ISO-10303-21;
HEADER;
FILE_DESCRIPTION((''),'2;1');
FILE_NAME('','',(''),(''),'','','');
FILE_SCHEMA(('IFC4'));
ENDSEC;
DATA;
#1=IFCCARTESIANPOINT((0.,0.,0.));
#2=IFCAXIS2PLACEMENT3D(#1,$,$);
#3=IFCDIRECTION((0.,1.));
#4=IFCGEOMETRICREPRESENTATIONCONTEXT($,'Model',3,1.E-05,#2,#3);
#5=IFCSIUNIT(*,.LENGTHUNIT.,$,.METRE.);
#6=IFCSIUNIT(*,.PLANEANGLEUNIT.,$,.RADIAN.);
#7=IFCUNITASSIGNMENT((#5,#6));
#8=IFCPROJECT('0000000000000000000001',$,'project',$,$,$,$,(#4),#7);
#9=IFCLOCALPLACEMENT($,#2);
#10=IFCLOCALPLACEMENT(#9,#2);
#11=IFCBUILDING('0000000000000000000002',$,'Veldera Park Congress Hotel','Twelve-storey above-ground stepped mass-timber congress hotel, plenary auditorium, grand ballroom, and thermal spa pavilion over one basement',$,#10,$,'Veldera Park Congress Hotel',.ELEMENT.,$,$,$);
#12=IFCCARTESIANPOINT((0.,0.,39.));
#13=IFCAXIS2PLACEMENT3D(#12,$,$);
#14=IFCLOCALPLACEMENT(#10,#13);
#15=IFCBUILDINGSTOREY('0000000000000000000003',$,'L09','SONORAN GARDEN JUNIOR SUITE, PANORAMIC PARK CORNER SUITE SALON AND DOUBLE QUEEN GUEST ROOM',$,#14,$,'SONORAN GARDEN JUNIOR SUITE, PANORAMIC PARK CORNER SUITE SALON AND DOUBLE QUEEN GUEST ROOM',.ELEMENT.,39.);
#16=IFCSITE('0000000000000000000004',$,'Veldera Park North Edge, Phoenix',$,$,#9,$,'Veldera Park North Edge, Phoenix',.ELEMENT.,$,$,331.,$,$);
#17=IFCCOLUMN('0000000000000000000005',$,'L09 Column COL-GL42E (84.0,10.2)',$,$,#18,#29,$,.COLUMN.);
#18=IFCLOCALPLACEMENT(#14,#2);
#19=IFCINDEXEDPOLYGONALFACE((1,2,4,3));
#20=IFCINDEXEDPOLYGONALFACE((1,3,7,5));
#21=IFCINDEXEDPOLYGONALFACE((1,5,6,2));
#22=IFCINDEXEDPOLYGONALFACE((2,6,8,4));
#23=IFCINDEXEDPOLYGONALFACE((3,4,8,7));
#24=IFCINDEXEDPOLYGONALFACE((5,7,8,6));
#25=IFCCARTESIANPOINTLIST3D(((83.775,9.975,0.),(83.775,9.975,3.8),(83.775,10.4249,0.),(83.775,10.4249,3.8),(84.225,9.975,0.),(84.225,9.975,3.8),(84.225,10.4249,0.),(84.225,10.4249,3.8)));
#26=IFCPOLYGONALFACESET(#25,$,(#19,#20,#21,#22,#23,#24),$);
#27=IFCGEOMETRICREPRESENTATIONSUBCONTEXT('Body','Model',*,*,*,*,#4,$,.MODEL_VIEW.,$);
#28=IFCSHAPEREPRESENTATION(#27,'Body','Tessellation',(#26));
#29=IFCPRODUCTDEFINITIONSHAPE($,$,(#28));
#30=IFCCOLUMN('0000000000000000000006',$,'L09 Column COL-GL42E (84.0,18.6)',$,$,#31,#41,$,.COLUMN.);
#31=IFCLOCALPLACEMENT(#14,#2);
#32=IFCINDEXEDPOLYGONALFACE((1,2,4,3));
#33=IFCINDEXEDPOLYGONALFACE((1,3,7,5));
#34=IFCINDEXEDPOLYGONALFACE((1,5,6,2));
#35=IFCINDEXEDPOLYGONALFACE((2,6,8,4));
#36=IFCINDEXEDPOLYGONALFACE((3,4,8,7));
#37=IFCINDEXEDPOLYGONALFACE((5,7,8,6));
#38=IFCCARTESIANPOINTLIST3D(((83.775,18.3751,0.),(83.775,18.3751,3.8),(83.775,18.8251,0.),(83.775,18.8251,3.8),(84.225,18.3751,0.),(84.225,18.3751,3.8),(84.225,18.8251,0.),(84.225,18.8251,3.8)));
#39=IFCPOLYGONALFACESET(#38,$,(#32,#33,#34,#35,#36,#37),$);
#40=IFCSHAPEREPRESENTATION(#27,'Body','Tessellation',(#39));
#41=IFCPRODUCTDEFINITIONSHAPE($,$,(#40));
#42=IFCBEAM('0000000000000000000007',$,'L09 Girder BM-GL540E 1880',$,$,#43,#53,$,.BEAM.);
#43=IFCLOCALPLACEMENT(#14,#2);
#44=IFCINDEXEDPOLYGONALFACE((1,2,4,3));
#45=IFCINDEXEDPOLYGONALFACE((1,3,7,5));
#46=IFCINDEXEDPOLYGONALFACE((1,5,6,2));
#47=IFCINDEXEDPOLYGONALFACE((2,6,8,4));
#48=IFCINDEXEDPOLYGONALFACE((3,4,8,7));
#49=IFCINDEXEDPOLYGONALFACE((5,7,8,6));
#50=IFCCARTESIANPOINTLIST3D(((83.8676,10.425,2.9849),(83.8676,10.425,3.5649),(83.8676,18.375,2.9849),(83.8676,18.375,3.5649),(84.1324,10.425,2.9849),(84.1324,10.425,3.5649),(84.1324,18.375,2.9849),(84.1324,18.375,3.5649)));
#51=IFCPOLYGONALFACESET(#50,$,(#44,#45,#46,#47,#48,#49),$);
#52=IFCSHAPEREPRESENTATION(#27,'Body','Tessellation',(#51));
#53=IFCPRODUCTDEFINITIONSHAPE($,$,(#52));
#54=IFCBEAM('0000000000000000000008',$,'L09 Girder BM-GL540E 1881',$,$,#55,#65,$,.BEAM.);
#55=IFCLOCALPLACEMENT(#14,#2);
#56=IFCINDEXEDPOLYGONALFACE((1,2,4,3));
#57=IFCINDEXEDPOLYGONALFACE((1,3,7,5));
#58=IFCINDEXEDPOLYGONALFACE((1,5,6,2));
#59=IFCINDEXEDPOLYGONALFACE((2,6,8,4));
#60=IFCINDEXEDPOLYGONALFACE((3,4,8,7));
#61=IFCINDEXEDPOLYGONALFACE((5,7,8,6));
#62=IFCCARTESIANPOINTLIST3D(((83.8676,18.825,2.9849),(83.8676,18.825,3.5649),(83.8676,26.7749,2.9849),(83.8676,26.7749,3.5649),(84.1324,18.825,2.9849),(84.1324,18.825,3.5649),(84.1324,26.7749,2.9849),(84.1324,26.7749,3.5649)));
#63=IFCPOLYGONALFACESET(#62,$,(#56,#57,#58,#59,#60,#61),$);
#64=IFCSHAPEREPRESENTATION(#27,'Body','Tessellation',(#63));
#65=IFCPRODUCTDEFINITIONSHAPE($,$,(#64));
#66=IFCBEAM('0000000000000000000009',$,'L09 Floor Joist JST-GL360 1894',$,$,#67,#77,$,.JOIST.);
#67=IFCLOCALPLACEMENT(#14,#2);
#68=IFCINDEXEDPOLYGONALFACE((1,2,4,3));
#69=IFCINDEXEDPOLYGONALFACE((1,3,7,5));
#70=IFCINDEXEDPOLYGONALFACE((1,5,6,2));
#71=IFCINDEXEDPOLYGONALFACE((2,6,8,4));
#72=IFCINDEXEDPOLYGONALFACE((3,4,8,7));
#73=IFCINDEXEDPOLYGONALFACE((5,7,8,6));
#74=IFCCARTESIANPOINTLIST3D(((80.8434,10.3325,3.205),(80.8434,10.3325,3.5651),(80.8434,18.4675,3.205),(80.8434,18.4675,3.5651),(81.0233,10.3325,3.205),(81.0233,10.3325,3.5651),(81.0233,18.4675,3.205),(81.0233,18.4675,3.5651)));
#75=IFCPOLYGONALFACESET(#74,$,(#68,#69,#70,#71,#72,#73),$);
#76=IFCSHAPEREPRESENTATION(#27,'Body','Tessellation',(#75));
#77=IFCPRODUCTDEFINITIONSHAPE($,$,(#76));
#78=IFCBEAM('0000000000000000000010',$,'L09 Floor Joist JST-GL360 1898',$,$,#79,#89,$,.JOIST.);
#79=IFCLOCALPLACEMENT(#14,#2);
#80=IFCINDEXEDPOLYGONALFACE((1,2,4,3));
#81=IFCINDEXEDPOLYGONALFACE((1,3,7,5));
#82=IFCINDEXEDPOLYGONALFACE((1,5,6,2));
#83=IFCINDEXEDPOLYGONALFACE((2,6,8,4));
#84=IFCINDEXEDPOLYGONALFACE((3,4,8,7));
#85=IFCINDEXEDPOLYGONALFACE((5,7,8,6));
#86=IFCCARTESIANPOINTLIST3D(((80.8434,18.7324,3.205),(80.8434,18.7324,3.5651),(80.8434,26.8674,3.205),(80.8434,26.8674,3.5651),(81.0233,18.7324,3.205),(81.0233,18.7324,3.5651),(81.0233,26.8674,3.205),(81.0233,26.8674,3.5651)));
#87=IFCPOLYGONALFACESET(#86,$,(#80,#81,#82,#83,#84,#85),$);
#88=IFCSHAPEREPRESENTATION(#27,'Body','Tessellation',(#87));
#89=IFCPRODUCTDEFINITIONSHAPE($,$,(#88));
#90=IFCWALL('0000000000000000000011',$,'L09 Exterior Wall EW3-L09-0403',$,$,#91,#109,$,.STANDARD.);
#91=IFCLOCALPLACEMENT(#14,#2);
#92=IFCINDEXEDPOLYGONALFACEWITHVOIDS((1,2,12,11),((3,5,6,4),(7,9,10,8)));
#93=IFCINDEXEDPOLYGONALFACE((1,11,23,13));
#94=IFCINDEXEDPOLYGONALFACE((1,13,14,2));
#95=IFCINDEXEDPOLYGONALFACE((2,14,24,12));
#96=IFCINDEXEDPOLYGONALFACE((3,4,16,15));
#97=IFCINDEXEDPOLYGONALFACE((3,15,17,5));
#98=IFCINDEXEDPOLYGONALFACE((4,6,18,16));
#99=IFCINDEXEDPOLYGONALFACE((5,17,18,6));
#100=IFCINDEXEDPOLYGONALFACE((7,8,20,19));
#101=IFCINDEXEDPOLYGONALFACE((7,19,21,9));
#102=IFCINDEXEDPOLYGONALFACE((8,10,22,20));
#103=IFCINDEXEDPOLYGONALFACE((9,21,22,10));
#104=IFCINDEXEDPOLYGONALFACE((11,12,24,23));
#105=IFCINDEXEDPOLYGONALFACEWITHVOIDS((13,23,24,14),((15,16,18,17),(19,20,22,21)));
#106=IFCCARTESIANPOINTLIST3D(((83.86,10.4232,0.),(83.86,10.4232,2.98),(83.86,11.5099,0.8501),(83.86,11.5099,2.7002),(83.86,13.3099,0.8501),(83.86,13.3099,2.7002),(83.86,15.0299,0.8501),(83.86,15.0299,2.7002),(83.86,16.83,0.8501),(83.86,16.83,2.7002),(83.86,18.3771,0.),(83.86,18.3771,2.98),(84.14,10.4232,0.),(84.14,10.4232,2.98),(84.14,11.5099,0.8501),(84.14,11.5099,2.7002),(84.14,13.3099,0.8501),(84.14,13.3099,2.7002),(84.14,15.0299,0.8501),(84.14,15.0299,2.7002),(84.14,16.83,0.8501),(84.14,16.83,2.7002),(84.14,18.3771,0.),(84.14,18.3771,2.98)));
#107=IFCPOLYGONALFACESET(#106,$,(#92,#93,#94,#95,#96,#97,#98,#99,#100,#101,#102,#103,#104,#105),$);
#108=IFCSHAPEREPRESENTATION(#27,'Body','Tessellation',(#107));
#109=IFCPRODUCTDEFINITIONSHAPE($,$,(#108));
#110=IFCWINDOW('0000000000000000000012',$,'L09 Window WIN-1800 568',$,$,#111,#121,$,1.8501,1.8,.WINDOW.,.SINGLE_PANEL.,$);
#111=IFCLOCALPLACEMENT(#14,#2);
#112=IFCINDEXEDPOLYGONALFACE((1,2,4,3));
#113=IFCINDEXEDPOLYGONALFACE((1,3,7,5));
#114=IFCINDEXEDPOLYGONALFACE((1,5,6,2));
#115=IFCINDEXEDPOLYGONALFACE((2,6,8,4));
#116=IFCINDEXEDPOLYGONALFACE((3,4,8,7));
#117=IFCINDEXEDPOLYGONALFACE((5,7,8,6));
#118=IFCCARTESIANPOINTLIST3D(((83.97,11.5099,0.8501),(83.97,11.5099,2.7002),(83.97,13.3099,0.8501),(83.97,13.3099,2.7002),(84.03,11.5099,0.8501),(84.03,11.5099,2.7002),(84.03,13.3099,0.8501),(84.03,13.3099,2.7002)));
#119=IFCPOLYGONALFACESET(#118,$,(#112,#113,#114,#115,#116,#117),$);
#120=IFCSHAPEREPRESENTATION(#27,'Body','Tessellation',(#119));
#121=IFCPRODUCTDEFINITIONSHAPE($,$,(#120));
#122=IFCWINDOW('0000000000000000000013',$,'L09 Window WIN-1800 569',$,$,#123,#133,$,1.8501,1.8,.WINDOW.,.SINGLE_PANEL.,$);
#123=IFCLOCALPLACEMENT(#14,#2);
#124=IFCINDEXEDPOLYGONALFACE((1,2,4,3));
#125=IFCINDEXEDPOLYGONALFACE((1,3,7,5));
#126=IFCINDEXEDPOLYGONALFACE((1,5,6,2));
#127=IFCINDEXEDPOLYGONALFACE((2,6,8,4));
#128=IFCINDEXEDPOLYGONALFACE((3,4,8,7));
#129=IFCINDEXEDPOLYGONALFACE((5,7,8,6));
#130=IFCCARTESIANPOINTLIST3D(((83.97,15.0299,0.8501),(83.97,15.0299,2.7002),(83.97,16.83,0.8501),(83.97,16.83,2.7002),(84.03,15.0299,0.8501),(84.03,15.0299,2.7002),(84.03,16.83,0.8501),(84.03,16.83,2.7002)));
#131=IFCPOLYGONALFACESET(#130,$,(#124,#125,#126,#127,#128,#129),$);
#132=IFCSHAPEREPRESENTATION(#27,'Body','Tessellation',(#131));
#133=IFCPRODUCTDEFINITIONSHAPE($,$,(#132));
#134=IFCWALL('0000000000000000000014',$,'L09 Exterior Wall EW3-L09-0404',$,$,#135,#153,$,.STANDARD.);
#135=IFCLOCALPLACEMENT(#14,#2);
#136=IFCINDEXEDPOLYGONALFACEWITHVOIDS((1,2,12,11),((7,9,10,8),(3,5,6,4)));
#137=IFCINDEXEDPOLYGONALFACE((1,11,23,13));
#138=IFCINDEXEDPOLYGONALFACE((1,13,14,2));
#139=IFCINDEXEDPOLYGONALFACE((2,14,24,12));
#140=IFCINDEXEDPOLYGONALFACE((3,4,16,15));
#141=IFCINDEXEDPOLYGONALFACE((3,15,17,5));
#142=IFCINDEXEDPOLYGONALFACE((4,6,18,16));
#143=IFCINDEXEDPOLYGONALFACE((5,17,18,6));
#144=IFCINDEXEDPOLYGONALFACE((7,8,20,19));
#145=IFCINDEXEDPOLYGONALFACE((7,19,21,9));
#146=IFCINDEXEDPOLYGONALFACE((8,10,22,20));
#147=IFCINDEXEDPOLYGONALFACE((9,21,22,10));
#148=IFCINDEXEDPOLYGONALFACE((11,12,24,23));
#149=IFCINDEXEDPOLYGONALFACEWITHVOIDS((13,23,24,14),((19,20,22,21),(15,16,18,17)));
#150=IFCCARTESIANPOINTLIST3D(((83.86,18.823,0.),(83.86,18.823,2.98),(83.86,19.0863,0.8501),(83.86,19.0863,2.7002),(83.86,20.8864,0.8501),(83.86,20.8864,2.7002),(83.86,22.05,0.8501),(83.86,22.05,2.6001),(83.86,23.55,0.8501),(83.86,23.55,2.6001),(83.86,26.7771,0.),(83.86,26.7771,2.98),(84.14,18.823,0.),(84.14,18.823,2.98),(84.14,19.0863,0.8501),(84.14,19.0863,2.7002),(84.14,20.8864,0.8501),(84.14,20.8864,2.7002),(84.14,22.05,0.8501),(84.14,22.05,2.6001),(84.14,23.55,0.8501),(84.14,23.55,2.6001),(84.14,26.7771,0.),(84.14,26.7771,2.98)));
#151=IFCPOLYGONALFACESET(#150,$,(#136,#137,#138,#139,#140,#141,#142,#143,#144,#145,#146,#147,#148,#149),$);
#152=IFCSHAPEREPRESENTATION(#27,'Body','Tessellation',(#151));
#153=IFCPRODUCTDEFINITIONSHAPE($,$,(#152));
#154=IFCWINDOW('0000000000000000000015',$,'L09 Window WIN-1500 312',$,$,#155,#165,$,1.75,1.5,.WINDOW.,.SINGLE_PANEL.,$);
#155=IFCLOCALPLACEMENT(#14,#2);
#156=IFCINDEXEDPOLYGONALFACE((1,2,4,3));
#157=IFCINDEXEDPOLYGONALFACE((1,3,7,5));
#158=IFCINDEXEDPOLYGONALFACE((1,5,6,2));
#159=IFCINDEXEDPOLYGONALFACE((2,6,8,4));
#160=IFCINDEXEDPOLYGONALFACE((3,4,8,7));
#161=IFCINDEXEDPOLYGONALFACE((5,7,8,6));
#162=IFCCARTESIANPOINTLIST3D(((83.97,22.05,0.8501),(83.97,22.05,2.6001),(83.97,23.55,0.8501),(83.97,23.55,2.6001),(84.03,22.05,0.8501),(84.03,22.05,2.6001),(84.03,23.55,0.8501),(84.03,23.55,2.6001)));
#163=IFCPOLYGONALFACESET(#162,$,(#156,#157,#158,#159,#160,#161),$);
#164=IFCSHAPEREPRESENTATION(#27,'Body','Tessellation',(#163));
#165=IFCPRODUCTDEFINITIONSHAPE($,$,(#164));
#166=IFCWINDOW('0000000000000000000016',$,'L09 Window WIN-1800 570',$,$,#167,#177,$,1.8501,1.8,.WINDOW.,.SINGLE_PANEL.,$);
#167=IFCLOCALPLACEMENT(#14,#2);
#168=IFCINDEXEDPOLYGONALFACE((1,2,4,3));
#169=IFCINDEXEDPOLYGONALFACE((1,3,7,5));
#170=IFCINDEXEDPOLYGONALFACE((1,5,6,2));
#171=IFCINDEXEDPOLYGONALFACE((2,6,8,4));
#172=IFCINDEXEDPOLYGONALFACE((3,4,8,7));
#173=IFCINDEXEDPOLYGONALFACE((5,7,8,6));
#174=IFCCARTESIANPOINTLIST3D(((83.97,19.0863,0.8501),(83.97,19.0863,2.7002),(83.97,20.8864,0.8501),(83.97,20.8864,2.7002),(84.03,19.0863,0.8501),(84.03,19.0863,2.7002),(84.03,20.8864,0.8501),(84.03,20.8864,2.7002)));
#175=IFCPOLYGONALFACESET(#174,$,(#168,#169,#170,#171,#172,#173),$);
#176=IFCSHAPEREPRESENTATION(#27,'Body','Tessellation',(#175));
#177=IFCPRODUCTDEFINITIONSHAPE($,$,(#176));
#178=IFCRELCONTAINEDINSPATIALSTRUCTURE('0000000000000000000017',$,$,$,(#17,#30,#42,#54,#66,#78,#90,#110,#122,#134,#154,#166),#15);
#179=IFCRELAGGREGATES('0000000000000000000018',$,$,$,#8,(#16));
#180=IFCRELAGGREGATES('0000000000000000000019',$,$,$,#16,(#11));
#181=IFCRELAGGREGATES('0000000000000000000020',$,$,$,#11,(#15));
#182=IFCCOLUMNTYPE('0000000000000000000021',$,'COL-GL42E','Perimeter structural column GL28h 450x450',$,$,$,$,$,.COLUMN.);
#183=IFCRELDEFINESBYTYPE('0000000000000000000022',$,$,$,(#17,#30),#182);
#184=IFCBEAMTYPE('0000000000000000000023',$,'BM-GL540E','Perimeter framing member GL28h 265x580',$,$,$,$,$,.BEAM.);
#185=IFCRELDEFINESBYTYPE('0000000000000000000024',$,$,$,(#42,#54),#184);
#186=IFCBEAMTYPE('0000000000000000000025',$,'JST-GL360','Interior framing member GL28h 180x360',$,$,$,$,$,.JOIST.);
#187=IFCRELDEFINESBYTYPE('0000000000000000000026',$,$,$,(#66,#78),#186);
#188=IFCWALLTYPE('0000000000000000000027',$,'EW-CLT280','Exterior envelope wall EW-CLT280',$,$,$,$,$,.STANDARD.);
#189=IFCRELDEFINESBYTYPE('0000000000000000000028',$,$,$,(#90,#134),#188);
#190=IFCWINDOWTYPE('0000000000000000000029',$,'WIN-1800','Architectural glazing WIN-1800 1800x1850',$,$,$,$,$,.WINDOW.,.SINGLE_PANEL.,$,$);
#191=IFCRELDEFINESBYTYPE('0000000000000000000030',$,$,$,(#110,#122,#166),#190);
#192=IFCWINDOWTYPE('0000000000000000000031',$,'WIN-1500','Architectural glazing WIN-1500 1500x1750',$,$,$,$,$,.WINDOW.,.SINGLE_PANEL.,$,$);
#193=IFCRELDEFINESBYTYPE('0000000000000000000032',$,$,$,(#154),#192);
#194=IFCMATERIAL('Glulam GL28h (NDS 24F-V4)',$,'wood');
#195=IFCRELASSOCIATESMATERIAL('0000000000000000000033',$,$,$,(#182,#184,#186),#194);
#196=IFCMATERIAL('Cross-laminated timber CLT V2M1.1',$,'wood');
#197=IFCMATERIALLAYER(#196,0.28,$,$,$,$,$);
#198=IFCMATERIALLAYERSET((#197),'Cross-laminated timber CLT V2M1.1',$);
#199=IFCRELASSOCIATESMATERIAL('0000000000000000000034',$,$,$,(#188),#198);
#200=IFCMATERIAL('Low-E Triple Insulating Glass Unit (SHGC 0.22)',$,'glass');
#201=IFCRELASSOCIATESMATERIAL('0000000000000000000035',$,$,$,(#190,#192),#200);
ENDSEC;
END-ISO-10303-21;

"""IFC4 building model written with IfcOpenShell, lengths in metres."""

from ifc_helpers import new_model, si_unit, direction, frame, frame_2d, origin, origin_2d, place, context, subcontext, project, spatial, rectangle, extrude, material, layer, layer_set, material_profile, profile_set, type_object, element, fill, save


model = new_model("IFC4")

# Units and contexts
model_context = context("Model", 3, precision=1e-05, world=origin(), true_north=direction((0.0, 1.0)))
body_context = subcontext(model_context, "Body", "Model", "MODEL_VIEW")
ifc_project = project(units=[si_unit("LENGTHUNIT", "METRE"), si_unit("PLANEANGLEUNIT", "RADIAN")], contexts=[model_context])

# Site, building, storey
site_placement = place(None, origin())
site = spatial("IfcSite", under=ifc_project, at=site_placement, Name="Veldera Park North Edge, Phoenix", LongName="Veldera Park North Edge, Phoenix", CompositionType="ELEMENT", RefElevation=331.0)
building_placement = place(site_placement, origin())
building = spatial("IfcBuilding", under=site, at=building_placement, Name="Veldera Park Congress Hotel", Description="Twelve-storey above-ground stepped mass-timber congress hotel, plenary auditorium, grand ballroom, and thermal spa pavilion over one basement", LongName="Veldera Park Congress Hotel", CompositionType="ELEMENT")
storey_placement = place(building_placement, frame((0.0, 0.0, 39.0)))
storey = spatial("IfcBuildingStorey", under=building, at=storey_placement, Name="L09", Description="SONORAN GARDEN JUNIOR SUITE, PANORAMIC PARK CORNER SUITE SALON AND DOUBLE QUEEN GUEST ROOM", LongName="SONORAN GARDEN JUNIOR SUITE, PANORAMIC PARK CORNER SUITE SALON AND DOUBLE QUEEN GUEST ROOM", CompositionType="ELEMENT", Elevation=39.0)

# Columns
ifc_material_1 = material(Name="Glulam GL28h (NDS 24F-V4)", Category="wood")
ifc_material_profile_1 = material_profile(ifc_material_1, rectangle(XDim=0.45, YDim=0.45, at=origin_2d()), Name="GL28h 450x450")
ifc_profile_set_1 = profile_set([ifc_material_profile_1], Name="Glulam GL28h (NDS 24F-V4)")
column_type = type_object("IfcColumnType", Name="COL-GL42E", Description="Perimeter structural column GL28h 450x450", PredefinedType="COLUMN", material=ifc_profile_set_1)
for number, where, z_axis, x_axis, name in (
    (1, (84.0, 10.2, 0.0), (0.0, 0.0, 1.0), (1.0, 0.0, 0.0), "L09 Column COL-GL42E (84.0,10.2)"),
    (2, (84.0, 18.6001, 0.0), (0.0, 0.0, 1.0), (1.0, 0.0, 0.0), "L09 Column COL-GL42E (84.0,18.6)"),
):
    element("IfcColumn", number, at=place(storey_placement, frame(where, z_axis=z_axis, x_axis=x_axis)), inside=storey, type_object=column_type, Name=name, PredefinedType="COLUMN", context=body_context, shape_type="SweptSolid", body=[
        extrude(rectangle(XDim=0.45, YDim=0.45, at=origin_2d()), origin(), (0.0, 0.0, 1.0), 3.8),
    ])

# Beams
ifc_material_profile_2 = material_profile(ifc_material_1, rectangle(XDim=0.2649, YDim=0.5801, at=origin_2d()), Name="GL28h 265x580")
ifc_profile_set_2 = profile_set([ifc_material_profile_2], Name="Glulam GL28h (NDS 24F-V4)")
beam_type_1 = type_object("IfcBeamType", Name="BM-GL540E", Description="Perimeter framing member GL28h 265x580", PredefinedType="BEAM", material=ifc_profile_set_2)
for number, where, z_axis, x_axis, name in (
    (3, (84.0, 10.425, 3.2749), (0.0, 1.0, 0.0), (-1.0, 0.0, 0.0), "L09 Girder BM-GL540E 1880"),
    (4, (84.0, 18.825, 3.2749), (0.0, 1.0, 0.0), (-1.0, 0.0, 0.0), "L09 Girder BM-GL540E 1881"),
):
    element("IfcBeam", number, at=place(storey_placement, frame(where, z_axis=z_axis, x_axis=x_axis)), inside=storey, type_object=beam_type_1, Name=name, PredefinedType="BEAM", context=body_context, shape_type="SweptSolid", body=[
        extrude(rectangle(XDim=0.2649, YDim=0.5801, at=origin_2d()), origin(), (0.0, 0.0, 1.0), 7.95),
    ])
ifc_material_profile_3 = material_profile(ifc_material_1, rectangle(XDim=0.1799, YDim=0.3601, at=origin_2d()), Name="GL28h 180x360")
ifc_profile_set_3 = profile_set([ifc_material_profile_3], Name="Glulam GL28h (NDS 24F-V4)")
beam_type_2 = type_object("IfcBeamType", Name="JST-GL360", Description="Interior framing member GL28h 180x360", PredefinedType="JOIST", material=ifc_profile_set_3)
for number, where, z_axis, x_axis, name in (
    (5, (80.9333, 10.3325, 3.385), (0.0, 1.0, 0.0), (-1.0, 0.0, 0.0), "L09 Floor Joist JST-GL360 1894"),
    (6, (80.9333, 18.7324, 3.385), (0.0, 1.0, 0.0), (-1.0, 0.0, 0.0), "L09 Floor Joist JST-GL360 1898"),
):
    element("IfcBeam", number, at=place(storey_placement, frame(where, z_axis=z_axis, x_axis=x_axis)), inside=storey, type_object=beam_type_2, Name=name, PredefinedType="JOIST", context=body_context, shape_type="SweptSolid", body=[
        extrude(rectangle(XDim=0.1799, YDim=0.3601, at=origin_2d()), origin(), (0.0, 0.0, 1.0), 8.135),
    ])

# Walls, openings, windows
ifc_material_2 = material(Name="Cross-laminated timber CLT V2M1.1", Category="wood")
ifc_layer_1 = layer(ifc_material_2, 0.28)
ifc_layer_set_1 = layer_set([ifc_layer_1], Name="Cross-laminated timber CLT V2M1.1")
wall_type_1 = type_object("IfcWallType", Name="EW-CLT280", Description="Exterior envelope wall EW-CLT280", PredefinedType="STANDARD", material=ifc_layer_set_1)
wall_1_placement = place(storey_placement, frame((84.0, 10.4231, 0.0), z_axis=(0.0, 0.0, 1.0), x_axis=(0.0, 1.0, 0.0)))
wall_1 = element("IfcWall", 7, at=wall_1_placement, inside=storey, type_object=wall_type_1, Name="L09 Exterior Wall EW3-L09-0403", PredefinedType="STANDARD", context=body_context, shape_type="SweptSolid", body=[
    extrude(rectangle(XDim=7.9539, YDim=0.28, at=frame_2d((3.9771, 0.0))), origin(), (0.0, 0.0, 1.0), 2.98),
])
opening_1_placement = place(wall_1_placement, frame((1.0869, 0.0, 0.8501)))
opening_1 = element("IfcOpeningElement", 8, at=opening_1_placement, cuts=wall_1, PredefinedType="OPENING", context=body_context, shape_type="SweptSolid", body=[
    extrude(rectangle(XDim=1.8, YDim=1.8501, at=frame_2d((0.8999, 0.925))), frame((0.0, 0.1521, 0.0), z_axis=(0.0, -1.0, 0.0), x_axis=(1.0, 0.0, 0.0)), (0.0, 0.0, 1.0), 0.304),
])
opening_2_placement = place(wall_1_placement, frame((4.6069, 0.0, 0.8501)))
opening_2 = element("IfcOpeningElement", 9, at=opening_2_placement, cuts=wall_1, PredefinedType="OPENING", context=body_context, shape_type="SweptSolid", body=[
    extrude(rectangle(XDim=1.8, YDim=1.8501, at=frame_2d((0.8999, 0.925))), frame((0.0, 0.1521, 0.0), z_axis=(0.0, -1.0, 0.0), x_axis=(1.0, 0.0, 0.0)), (0.0, 0.0, 1.0), 0.304),
])
ifc_material_3 = material(Name="Low-E Triple Insulating Glass Unit (SHGC 0.22)", Category="glass")
window_type_1 = type_object("IfcWindowType", Name="WIN-1800", Description="Architectural glazing WIN-1800 1800x1850", PartitioningType="SINGLE_PANEL", PredefinedType="WINDOW", material=ifc_material_3)
window_1_placement = place(opening_1_placement, origin())
window_1 = element("IfcWindow", 10, at=window_1_placement, inside=storey, type_object=window_type_1, Name="L09 Window WIN-1800 568", OverallHeight=1.8501, OverallWidth=1.8, PartitioningType="SINGLE_PANEL", PredefinedType="WINDOW", context=body_context, shape_type="SweptSolid", body=[
    extrude(rectangle(XDim=1.8, YDim=1.8501, at=frame_2d((0.8999, 0.925))), frame((0.0, 0.03, 0.0), z_axis=(0.0, -1.0, 0.0), x_axis=(1.0, 0.0, 0.0)), (0.0, 0.0, 1.0), 0.0601),
])
fill(opening_1, window_1)
window_2_placement = place(opening_2_placement, origin())
window_2 = element("IfcWindow", 11, at=window_2_placement, inside=storey, type_object=window_type_1, Name="L09 Window WIN-1800 569", OverallHeight=1.8501, OverallWidth=1.8, PartitioningType="SINGLE_PANEL", PredefinedType="WINDOW", context=body_context, shape_type="SweptSolid", body=[
    extrude(rectangle(XDim=1.8, YDim=1.8501, at=frame_2d((0.8999, 0.925))), frame((0.0, 0.03, 0.0), z_axis=(0.0, -1.0, 0.0), x_axis=(1.0, 0.0, 0.0)), (0.0, 0.0, 1.0), 0.0601),
])
fill(opening_2, window_2)
wall_2_placement = place(storey_placement, frame((84.0, 18.823, 0.0), z_axis=(0.0, 0.0, 1.0), x_axis=(0.0, 1.0, 0.0)))
wall_2 = element("IfcWall", 12, at=wall_2_placement, inside=storey, type_object=wall_type_1, Name="L09 Exterior Wall EW3-L09-0404", PredefinedType="STANDARD", context=body_context, shape_type="SweptSolid", body=[
    extrude(rectangle(XDim=7.9541, YDim=0.28, at=frame_2d((3.9771, 0.0))), origin(), (0.0, 0.0, 1.0), 2.98),
])
opening_3_placement = place(wall_2_placement, frame((3.2271, 0.0, 0.8501)))
opening_3 = element("IfcOpeningElement", 13, at=opening_3_placement, cuts=wall_2, PredefinedType="OPENING", context=body_context, shape_type="SweptSolid", body=[
    extrude(rectangle(XDim=1.5, YDim=1.75, at=frame_2d((0.75, 0.875))), frame((0.0, 0.1521, 0.0), z_axis=(0.0, -1.0, 0.0), x_axis=(1.0, 0.0, 0.0)), (0.0, 0.0, 1.0), 0.304),
])
opening_4_placement = place(wall_2_placement, frame((0.2634, 0.0, 0.8501)))
opening_4 = element("IfcOpeningElement", 14, at=opening_4_placement, cuts=wall_2, PredefinedType="OPENING", context=body_context, shape_type="SweptSolid", body=[
    extrude(rectangle(XDim=1.8, YDim=1.8501, at=frame_2d((0.8999, 0.925))), frame((0.0, 0.1521, 0.0), z_axis=(0.0, -1.0, 0.0), x_axis=(1.0, 0.0, 0.0)), (0.0, 0.0, 1.0), 0.304),
])
window_type_2 = type_object("IfcWindowType", Name="WIN-1500", Description="Architectural glazing WIN-1500 1500x1750", PartitioningType="SINGLE_PANEL", PredefinedType="WINDOW", material=ifc_material_3)
window_3_placement = place(opening_3_placement, origin())
window_3 = element("IfcWindow", 15, at=window_3_placement, inside=storey, type_object=window_type_2, Name="L09 Window WIN-1500 312", OverallHeight=1.75, OverallWidth=1.5, PartitioningType="SINGLE_PANEL", PredefinedType="WINDOW", context=body_context, shape_type="SweptSolid", body=[
    extrude(rectangle(XDim=1.5, YDim=1.75, at=frame_2d((0.75, 0.875))), frame((0.0, 0.03, 0.0), z_axis=(0.0, -1.0, 0.0), x_axis=(1.0, 0.0, 0.0)), (0.0, 0.0, 1.0), 0.0601),
])
fill(opening_3, window_3)
window_4_placement = place(opening_4_placement, origin())
window_4 = element("IfcWindow", 16, at=window_4_placement, inside=storey, type_object=window_type_1, Name="L09 Window WIN-1800 570", OverallHeight=1.8501, OverallWidth=1.8, PartitioningType="SINGLE_PANEL", PredefinedType="WINDOW", context=body_context, shape_type="SweptSolid", body=[
    extrude(rectangle(XDim=1.8, YDim=1.8501, at=frame_2d((0.8999, 0.925))), frame((0.0, 0.03, 0.0), z_axis=(0.0, -1.0, 0.0), x_axis=(1.0, 0.0, 0.0)), (0.0, 0.0, 1.0), 0.0601),
])
fill(opening_4, window_4)

save(model, "model.ifc")
